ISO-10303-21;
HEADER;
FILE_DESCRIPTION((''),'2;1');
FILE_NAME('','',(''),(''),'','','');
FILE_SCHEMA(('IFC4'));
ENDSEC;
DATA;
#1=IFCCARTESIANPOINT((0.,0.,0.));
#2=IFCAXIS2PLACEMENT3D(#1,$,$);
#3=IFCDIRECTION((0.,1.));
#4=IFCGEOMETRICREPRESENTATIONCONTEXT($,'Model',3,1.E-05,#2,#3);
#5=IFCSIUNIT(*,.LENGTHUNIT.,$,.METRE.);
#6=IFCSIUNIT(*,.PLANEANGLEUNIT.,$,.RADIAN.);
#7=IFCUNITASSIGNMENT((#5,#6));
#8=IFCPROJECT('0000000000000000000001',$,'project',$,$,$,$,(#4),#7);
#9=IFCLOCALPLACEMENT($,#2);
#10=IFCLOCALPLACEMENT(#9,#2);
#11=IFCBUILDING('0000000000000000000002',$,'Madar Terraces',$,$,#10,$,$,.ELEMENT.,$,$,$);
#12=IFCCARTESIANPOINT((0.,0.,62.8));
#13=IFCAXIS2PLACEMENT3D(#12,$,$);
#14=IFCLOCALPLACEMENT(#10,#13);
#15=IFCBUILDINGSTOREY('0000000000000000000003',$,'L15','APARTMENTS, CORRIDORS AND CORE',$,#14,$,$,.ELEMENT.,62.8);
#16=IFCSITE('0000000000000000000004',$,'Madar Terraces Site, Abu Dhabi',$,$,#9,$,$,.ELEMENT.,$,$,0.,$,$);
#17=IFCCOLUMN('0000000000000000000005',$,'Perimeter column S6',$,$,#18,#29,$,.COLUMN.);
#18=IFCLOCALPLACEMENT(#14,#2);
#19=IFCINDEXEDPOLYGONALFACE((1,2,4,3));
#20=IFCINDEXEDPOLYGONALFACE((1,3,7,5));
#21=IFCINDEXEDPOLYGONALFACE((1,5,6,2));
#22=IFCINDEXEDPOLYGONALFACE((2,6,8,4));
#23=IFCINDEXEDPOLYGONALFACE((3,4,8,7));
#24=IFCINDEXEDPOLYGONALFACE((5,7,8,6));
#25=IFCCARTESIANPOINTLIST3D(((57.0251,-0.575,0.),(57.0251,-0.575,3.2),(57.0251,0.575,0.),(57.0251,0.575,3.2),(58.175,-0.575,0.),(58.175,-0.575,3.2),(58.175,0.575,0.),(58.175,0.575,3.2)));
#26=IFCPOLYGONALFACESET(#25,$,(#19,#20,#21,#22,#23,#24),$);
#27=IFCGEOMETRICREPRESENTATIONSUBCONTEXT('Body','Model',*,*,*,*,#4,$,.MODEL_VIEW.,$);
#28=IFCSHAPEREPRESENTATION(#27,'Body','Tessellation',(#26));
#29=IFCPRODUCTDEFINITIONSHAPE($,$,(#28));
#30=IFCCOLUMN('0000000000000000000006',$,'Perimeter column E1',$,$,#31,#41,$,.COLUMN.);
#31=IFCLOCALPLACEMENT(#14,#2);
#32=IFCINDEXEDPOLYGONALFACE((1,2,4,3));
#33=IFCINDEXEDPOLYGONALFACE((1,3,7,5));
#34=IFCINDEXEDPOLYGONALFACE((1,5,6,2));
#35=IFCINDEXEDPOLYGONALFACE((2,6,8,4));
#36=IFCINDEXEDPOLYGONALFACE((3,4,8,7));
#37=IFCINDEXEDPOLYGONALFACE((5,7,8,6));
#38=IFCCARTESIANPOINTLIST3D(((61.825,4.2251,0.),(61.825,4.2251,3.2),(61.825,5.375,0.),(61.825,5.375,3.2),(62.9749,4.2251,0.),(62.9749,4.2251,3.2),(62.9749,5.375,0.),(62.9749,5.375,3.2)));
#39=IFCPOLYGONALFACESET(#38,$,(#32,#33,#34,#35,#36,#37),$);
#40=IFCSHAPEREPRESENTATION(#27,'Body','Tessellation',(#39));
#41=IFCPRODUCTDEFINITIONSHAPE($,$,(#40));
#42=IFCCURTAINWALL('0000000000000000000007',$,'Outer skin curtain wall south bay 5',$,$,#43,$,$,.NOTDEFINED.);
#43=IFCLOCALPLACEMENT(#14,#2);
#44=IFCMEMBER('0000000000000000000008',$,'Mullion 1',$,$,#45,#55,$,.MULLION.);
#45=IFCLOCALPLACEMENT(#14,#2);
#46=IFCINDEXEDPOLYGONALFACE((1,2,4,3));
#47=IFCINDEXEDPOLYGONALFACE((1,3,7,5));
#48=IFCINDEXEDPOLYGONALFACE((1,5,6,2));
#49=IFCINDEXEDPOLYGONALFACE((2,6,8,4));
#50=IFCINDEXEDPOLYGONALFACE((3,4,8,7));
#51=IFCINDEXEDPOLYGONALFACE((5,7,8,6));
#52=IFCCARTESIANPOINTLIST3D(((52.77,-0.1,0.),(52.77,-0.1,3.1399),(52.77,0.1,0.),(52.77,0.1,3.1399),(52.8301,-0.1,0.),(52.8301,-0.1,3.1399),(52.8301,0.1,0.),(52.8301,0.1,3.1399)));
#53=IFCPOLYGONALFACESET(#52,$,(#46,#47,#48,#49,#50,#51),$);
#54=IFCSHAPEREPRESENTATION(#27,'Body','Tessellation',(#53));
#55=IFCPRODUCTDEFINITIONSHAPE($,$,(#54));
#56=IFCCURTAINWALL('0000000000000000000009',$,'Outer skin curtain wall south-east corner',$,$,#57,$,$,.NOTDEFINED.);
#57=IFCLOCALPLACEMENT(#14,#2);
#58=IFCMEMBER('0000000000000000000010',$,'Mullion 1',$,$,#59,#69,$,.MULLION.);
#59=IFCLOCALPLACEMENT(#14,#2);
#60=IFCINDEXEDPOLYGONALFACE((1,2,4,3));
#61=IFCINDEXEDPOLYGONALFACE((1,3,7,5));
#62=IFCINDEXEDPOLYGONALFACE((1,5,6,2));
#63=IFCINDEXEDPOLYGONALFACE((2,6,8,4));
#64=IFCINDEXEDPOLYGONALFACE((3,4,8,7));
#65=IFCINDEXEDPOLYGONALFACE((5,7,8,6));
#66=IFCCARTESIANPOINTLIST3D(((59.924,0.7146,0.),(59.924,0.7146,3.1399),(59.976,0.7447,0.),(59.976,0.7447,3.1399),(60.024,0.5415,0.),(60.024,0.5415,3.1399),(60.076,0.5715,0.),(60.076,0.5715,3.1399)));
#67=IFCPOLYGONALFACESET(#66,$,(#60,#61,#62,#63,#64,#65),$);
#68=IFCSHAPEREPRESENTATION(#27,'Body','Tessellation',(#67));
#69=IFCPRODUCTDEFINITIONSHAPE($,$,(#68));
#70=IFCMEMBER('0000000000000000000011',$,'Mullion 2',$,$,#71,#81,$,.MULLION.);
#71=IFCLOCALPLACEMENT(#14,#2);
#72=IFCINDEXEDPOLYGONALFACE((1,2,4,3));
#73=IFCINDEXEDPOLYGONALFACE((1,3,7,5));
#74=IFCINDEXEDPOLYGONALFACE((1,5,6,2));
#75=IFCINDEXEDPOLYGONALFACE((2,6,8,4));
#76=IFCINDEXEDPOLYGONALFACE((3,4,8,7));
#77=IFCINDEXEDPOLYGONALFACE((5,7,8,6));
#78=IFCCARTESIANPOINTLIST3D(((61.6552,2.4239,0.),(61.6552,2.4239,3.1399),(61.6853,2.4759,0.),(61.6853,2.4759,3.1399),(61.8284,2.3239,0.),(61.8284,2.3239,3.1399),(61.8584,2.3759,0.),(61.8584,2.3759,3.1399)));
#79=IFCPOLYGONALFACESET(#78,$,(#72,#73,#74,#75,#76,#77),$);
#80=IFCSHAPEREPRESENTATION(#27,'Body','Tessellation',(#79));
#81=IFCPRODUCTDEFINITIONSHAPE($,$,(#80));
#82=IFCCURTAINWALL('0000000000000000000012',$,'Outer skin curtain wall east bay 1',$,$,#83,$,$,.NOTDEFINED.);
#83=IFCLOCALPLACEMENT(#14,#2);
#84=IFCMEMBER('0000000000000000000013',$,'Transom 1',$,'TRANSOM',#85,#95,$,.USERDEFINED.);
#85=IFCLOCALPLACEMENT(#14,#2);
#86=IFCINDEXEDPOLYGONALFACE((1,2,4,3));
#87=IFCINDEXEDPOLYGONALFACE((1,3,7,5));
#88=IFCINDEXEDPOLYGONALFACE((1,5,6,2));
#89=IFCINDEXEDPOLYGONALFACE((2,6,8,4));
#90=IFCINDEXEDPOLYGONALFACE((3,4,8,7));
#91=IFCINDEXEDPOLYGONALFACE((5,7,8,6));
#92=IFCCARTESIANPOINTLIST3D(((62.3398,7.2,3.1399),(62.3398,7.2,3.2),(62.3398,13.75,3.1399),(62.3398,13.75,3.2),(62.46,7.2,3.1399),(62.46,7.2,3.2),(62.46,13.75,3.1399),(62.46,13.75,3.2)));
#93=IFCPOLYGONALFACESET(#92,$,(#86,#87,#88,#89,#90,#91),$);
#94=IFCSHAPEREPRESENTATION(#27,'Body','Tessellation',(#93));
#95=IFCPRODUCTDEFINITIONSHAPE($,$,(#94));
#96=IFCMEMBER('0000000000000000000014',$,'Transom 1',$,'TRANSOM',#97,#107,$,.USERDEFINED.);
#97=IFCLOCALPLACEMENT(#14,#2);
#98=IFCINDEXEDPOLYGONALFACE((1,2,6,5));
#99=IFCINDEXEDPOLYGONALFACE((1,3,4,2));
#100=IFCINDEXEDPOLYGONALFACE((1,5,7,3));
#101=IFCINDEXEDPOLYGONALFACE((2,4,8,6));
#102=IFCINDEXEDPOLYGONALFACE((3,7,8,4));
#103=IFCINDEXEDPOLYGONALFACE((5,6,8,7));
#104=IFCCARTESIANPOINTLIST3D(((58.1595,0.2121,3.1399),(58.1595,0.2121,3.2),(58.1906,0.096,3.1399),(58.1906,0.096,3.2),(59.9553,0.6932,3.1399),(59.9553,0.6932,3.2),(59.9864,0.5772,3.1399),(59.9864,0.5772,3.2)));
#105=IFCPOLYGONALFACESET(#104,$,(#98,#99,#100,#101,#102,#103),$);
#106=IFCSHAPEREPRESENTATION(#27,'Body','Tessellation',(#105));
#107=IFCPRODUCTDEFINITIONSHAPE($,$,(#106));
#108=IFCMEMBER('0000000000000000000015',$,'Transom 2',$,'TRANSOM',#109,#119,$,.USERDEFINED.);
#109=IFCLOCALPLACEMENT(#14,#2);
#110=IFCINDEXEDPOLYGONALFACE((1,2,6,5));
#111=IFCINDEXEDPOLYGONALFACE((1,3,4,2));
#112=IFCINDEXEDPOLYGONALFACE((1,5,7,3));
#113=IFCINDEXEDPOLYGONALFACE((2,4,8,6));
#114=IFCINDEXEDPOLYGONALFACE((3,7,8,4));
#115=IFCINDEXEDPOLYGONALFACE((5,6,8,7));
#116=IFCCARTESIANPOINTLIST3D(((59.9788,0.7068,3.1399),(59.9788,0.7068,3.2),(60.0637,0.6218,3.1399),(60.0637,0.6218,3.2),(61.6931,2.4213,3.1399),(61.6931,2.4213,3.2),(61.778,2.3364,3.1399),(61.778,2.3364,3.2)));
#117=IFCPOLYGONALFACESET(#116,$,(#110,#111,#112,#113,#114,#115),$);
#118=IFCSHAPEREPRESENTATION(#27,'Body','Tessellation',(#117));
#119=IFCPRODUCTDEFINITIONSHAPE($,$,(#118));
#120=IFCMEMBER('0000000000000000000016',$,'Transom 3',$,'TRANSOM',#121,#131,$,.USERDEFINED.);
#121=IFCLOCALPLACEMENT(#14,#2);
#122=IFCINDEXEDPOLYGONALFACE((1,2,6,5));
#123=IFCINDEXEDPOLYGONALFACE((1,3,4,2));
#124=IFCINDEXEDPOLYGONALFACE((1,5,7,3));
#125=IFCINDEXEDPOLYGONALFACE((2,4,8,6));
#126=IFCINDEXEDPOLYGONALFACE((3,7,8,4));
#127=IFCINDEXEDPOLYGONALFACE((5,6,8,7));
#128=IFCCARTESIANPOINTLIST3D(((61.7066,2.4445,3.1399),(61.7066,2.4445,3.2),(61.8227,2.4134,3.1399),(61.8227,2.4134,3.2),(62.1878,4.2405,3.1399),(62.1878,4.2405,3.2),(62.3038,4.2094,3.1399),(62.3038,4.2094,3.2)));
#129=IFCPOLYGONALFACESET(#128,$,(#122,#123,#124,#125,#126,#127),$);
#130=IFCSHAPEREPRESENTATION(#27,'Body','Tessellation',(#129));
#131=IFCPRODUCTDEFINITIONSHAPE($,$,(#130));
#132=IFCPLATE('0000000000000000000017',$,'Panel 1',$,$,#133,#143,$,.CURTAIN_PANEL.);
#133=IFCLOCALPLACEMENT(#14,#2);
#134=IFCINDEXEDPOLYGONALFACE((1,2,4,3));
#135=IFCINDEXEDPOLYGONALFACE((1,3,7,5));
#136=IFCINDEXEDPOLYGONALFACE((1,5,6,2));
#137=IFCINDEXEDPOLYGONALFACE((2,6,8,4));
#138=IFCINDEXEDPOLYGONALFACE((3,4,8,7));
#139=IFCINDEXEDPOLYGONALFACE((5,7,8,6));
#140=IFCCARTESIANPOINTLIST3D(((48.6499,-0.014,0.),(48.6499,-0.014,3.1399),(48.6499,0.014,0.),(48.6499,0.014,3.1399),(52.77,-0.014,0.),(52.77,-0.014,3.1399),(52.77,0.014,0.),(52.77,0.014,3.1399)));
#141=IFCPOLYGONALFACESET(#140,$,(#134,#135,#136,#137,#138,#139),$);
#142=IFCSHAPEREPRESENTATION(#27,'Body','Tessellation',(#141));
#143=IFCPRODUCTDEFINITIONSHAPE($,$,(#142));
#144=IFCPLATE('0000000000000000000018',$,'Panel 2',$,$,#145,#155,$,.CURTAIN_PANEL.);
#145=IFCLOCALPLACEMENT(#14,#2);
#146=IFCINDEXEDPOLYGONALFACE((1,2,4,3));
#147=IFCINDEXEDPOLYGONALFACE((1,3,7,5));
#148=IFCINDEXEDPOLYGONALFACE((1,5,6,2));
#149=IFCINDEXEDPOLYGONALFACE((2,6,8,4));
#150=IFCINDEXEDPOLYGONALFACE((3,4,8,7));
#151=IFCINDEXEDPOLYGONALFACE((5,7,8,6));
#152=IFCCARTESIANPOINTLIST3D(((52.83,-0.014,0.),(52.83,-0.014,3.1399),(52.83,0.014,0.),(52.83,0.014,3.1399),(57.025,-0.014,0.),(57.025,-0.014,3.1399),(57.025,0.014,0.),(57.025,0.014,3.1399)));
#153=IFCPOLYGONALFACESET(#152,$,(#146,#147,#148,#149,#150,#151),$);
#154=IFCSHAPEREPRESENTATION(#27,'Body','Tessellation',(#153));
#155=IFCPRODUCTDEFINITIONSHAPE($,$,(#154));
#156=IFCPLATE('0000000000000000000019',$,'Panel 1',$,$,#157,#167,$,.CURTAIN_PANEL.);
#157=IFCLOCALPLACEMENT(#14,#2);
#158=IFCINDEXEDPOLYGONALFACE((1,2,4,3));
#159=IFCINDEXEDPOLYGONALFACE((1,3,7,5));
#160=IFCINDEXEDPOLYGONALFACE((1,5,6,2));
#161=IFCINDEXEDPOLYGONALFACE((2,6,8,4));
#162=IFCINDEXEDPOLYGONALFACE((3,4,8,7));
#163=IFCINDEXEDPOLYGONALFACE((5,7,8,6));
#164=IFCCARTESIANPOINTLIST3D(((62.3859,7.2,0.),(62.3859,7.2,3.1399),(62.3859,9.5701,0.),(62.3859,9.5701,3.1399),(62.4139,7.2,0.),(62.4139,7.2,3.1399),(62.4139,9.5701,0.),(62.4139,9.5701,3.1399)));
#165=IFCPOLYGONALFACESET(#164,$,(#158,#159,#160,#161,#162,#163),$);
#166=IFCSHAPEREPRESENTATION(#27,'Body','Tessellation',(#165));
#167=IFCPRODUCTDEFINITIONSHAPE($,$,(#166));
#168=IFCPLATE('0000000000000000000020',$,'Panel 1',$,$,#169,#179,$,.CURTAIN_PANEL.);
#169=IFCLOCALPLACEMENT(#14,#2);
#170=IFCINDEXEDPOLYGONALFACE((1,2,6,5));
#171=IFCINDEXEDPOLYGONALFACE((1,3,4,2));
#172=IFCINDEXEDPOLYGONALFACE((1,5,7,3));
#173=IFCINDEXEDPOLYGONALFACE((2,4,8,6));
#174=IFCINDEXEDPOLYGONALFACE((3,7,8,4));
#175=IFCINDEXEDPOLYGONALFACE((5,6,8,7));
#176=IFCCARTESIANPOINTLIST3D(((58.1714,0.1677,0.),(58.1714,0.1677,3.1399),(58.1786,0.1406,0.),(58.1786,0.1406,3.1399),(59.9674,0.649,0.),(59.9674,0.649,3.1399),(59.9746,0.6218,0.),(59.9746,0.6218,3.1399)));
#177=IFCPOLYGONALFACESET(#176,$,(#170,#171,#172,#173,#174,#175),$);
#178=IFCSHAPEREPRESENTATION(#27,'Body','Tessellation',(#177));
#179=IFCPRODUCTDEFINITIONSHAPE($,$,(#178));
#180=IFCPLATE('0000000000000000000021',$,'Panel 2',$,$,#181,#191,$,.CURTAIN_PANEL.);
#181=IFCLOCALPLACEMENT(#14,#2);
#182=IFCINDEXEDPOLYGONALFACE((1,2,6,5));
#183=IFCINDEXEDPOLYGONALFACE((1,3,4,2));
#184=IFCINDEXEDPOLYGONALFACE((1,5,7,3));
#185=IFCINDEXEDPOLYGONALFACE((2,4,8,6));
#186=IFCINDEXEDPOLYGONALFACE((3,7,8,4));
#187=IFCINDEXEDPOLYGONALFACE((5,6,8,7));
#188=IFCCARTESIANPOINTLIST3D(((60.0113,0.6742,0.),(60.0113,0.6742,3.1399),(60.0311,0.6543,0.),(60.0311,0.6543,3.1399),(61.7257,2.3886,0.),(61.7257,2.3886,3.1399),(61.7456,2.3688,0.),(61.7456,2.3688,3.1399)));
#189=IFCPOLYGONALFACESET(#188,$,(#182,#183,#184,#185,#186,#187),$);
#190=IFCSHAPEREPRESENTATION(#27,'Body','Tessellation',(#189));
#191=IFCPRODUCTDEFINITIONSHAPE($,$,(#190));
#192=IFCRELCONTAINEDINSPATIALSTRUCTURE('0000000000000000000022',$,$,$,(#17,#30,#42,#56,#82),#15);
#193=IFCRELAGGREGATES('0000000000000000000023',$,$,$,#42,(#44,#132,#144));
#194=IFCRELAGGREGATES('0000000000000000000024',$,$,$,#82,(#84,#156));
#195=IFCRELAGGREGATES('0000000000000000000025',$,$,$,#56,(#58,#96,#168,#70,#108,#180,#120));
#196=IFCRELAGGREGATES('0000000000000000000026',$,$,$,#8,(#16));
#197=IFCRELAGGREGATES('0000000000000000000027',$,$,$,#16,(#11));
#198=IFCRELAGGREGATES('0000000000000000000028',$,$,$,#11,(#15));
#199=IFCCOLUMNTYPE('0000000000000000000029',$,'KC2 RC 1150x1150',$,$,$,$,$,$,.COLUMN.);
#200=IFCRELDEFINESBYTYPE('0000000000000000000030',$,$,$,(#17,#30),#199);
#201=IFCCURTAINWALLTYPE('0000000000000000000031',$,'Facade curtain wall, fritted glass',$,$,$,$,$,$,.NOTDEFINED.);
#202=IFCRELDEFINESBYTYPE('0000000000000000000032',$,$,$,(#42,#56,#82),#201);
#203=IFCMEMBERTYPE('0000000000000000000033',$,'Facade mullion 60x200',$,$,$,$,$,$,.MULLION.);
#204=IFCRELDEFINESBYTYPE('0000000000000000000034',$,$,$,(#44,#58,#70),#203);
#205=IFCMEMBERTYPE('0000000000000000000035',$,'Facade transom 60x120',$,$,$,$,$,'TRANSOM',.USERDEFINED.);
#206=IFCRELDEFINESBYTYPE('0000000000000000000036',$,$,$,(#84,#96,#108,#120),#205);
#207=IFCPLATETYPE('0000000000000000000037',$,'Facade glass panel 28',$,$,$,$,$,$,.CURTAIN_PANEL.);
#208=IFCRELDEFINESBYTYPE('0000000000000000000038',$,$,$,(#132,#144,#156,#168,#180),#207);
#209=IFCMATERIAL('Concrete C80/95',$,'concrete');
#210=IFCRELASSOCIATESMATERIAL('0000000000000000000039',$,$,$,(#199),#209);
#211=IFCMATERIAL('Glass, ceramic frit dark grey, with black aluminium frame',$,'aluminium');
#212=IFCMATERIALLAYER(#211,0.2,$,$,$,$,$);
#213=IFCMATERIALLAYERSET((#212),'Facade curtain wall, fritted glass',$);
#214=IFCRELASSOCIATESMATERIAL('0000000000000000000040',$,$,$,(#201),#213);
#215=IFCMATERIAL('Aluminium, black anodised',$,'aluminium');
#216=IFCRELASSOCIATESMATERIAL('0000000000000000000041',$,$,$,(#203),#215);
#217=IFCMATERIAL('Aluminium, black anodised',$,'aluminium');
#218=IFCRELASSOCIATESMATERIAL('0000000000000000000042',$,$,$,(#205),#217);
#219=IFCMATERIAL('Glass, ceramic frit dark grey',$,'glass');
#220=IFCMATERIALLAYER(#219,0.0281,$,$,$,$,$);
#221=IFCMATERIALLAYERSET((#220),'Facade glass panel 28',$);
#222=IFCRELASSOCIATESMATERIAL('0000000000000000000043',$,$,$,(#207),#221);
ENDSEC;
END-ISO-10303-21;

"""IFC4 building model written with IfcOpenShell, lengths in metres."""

from ifc_helpers import new_model, si_unit, direction, frame, origin, origin_2d, place, context, subcontext, project, spatial, rectangle, extrude, material, layer, layer_set, material_profile, profile_set, type_object, element, aggregate, save


model = new_model("IFC4")

# Units and contexts
model_context = context("Model", 3, precision=1e-05, world=origin(), true_north=direction((0.0, 1.0)))
body_context = subcontext(model_context, "Body", "Model", "MODEL_VIEW")
ifc_project = project(units=[si_unit("LENGTHUNIT", "METRE"), si_unit("PLANEANGLEUNIT", "RADIAN")], contexts=[model_context])

# Site, building, storey
site_placement = place(None, origin())
site = spatial("IfcSite", under=ifc_project, at=site_placement, Name="Madar Terraces Site, Abu Dhabi", CompositionType="ELEMENT", RefElevation=0.0)
building_placement = place(site_placement, origin())
building = spatial("IfcBuilding", under=site, at=building_placement, Name="Madar Terraces", CompositionType="ELEMENT")
storey_placement = place(building_placement, frame((0.0, 0.0, 62.8)))
storey = spatial("IfcBuildingStorey", under=building, at=storey_placement, Name="L15", Description="APARTMENTS, CORRIDORS AND CORE", CompositionType="ELEMENT", Elevation=62.8)

# Columns
ifc_material_1 = material(Name="Concrete C80/95", Category="concrete")
ifc_material_profile_1 = material_profile(ifc_material_1, rectangle(XDim=1.1499, YDim=1.1499, at=origin_2d()), Name="KC2 RC 1150x1150")
ifc_profile_set_1 = profile_set([ifc_material_profile_1], Name="Concrete C80/95")
column_type = type_object("IfcColumnType", Name="KC2 RC 1150x1150", PredefinedType="COLUMN", material=ifc_profile_set_1)
for number, where, z_axis, x_axis, name in (
    (1, (57.6001, 0.0, 0.0), (0.0, 0.0, 1.0), (1.0, 0.0, 0.0), "Perimeter column S6"),
    (2, (62.3999, 4.8, 0.0), (0.0, 0.0, 1.0), (1.0, 0.0, 0.0), "Perimeter column E1"),
):
    element("IfcColumn", number, at=place(storey_placement, frame(where, z_axis=z_axis, x_axis=x_axis)), inside=storey, type_object=column_type, Name=name, PredefinedType="COLUMN", context=body_context, shape_type="SweptSolid", body=[
        extrude(rectangle(XDim=1.1499, YDim=1.1499, at=origin_2d()), origin(), (0.0, 0.0, 1.0), 3.2),
    ])

# Curtain wall, member
ifc_material_2 = material(Name="Glass, ceramic frit dark grey, with black aluminium frame", Category="aluminium")
ifc_layer_1 = layer(ifc_material_2, 0.2)
ifc_layer_set_1 = layer_set([ifc_layer_1], Name="Facade curtain wall, fritted glass")
curtain_wall_type = type_object("IfcCurtainWallType", Name="Facade curtain wall, fritted glass", PredefinedType="NOTDEFINED", material=ifc_layer_set_1)
curtain_wall_1_placement = place(storey_placement, origin())
curtain_wall_1 = element("IfcCurtainWall", 3, at=curtain_wall_1_placement, inside=storey, type_object=curtain_wall_type, Name="Outer skin curtain wall south bay 5", PredefinedType="NOTDEFINED")
ifc_material_3 = material(Name="Aluminium, black anodised", Category="aluminium")
ifc_material_profile_2 = material_profile(ifc_material_3, rectangle(XDim=0.2, YDim=0.0601, at=origin_2d()), Name="Facade mullion 60x200")
ifc_profile_set_2 = profile_set([ifc_material_profile_2], Name="Aluminium, black anodised")
member_type_1 = type_object("IfcMemberType", Name="Facade mullion 60x200", PredefinedType="MULLION", material=ifc_profile_set_2)
member_1_placement = place(storey_placement, frame((52.8, 0.0, 0.0), z_axis=(0.0, 0.0, 1.0), x_axis=(0.0, 1.0, 0.0)))
member_1 = element("IfcMember", 4, at=member_1_placement, type_object=member_type_1, Name="Mullion 1", PredefinedType="MULLION", context=body_context, shape_type="SweptSolid", body=[
    extrude(rectangle(XDim=0.2, YDim=0.0601, at=origin_2d()), origin(), (0.0, 0.0, 1.0), 3.1399),
])

# Curtain wall, members
curtain_wall_2_placement = place(storey_placement, origin())
curtain_wall_2 = element("IfcCurtainWall", 5, at=curtain_wall_2_placement, inside=storey, type_object=curtain_wall_type, Name="Outer skin curtain wall south-east corner", PredefinedType="NOTDEFINED")
member_2_placement = place(storey_placement, frame((60.0, 0.6431, 0.0), z_axis=(0.0, 0.0, 1.0), x_axis=(-0.5, 0.866025, 0.0)))
member_2 = element("IfcMember", 6, at=member_2_placement, type_object=member_type_1, Name="Mullion 1", PredefinedType="MULLION", context=body_context, shape_type="SweptSolid", body=[
    extrude(rectangle(XDim=0.2, YDim=0.0601, at=origin_2d()), origin(), (0.0, 0.0, 1.0), 3.1399),
])
member_3_placement = place(storey_placement, frame((61.7568, 2.3999, 0.0), z_axis=(0.0, 0.0, 1.0), x_axis=(-0.866025, 0.5, 0.0)))
member_3 = element("IfcMember", 7, at=member_3_placement, type_object=member_type_1, Name="Mullion 2", PredefinedType="MULLION", context=body_context, shape_type="SweptSolid", body=[
    extrude(rectangle(XDim=0.2, YDim=0.0601, at=origin_2d()), origin(), (0.0, 0.0, 1.0), 3.1399),
])

# Curtain wall, member
curtain_wall_3_placement = place(storey_placement, origin())
curtain_wall_3 = element("IfcCurtainWall", 8, at=curtain_wall_3_placement, inside=storey, type_object=curtain_wall_type, Name="Outer skin curtain wall east bay 1", PredefinedType="NOTDEFINED")
ifc_material_4 = material(Name="Aluminium, black anodised", Category="aluminium")
ifc_material_profile_3 = material_profile(ifc_material_4, rectangle(XDim=0.1201, YDim=0.0601, at=origin_2d()), Name="Facade transom 60x120")
ifc_profile_set_3 = profile_set([ifc_material_profile_3], Name="Aluminium, black anodised")
member_type_2 = type_object("IfcMemberType", Name="Facade transom 60x120", ElementType="TRANSOM", PredefinedType="USERDEFINED", material=ifc_profile_set_3)
member_4_placement = place(storey_placement, frame((62.3999, 7.2, 3.1699), z_axis=(0.0, 1.0, 0.0), x_axis=(-1.0, 0.0, 0.0)))
member_4 = element("IfcMember", 9, at=member_4_placement, type_object=member_type_2, Name="Transom 1", ObjectType="TRANSOM", PredefinedType="USERDEFINED", context=body_context, shape_type="SweptSolid", body=[
    extrude(rectangle(XDim=0.1201, YDim=0.0601, at=origin_2d()), origin(), (0.0, 0.0, 1.0), 6.55),
])

# Members
member_5_placement = place(storey_placement, frame((58.175, 0.1541, 3.1699), z_axis=(0.965927, 0.258815, 0.0), x_axis=(-0.258815, 0.965927, 0.0)))
member_5 = element("IfcMember", 10, at=member_5_placement, type_object=member_type_2, Name="Transom 1", ObjectType="TRANSOM", PredefinedType="USERDEFINED", context=body_context, shape_type="SweptSolid", body=[
    extrude(rectangle(XDim=0.1201, YDim=0.0601, at=origin_2d()), origin(), (0.0, 0.0, 1.0), 1.8591),
])
member_6_placement = place(storey_placement, frame((60.0212, 0.6643, 3.1699), z_axis=(0.707056, 0.707157, 0.0), x_axis=(-0.707157, 0.707056, 0.0)))
member_6 = element("IfcMember", 11, at=member_6_placement, type_object=member_type_2, Name="Transom 2", ObjectType="TRANSOM", PredefinedType="USERDEFINED", context=body_context, shape_type="SweptSolid", body=[
    extrude(rectangle(XDim=0.1201, YDim=0.0601, at=origin_2d()), origin(), (0.0, 0.0, 1.0), 2.4246),
])
member_7_placement = place(storey_placement, frame((61.7646, 2.429, 3.1699), z_axis=(0.258782, 0.965936, 0.0), x_axis=(-0.965936, 0.258782, 0.0)))
member_7 = element("IfcMember", 12, at=member_7_placement, type_object=member_type_2, Name="Transom 3", ObjectType="TRANSOM", PredefinedType="USERDEFINED", context=body_context, shape_type="SweptSolid", body=[
    extrude(rectangle(XDim=0.1201, YDim=0.0601, at=origin_2d()), origin(), (0.0, 0.0, 1.0), 1.8594),
])

# Plates
ifc_material_5 = material(Name="Glass, ceramic frit dark grey", Category="glass")
ifc_layer_2 = layer(ifc_material_5, 0.0281)
ifc_layer_set_2 = layer_set([ifc_layer_2], Name="Facade glass panel 28")
plate_type = type_object("IfcPlateType", Name="Facade glass panel 28", PredefinedType="CURTAIN_PANEL", material=ifc_layer_set_2)
plate_1_placement = place(storey_placement, frame((50.71, 0.0, 0.0), z_axis=(0.0, 0.0, 1.0), x_axis=(1.0, 0.0, 0.0)))
plate_1 = element("IfcPlate", 13, at=plate_1_placement, type_object=plate_type, Name="Panel 1", PredefinedType="CURTAIN_PANEL", context=body_context, shape_type="SweptSolid", body=[
    extrude(rectangle(XDim=4.1201, YDim=0.0281, at=origin_2d()), origin(), (0.0, 0.0, 1.0), 3.1399),
])
plate_2_placement = place(storey_placement, frame((54.9275, 0.0, 0.0), z_axis=(0.0, 0.0, 1.0), x_axis=(1.0, 0.0, 0.0)))
plate_2 = element("IfcPlate", 14, at=plate_2_placement, type_object=plate_type, Name="Panel 2", PredefinedType="CURTAIN_PANEL", context=body_context, shape_type="SweptSolid", body=[
    extrude(rectangle(XDim=4.1951, YDim=0.0281, at=origin_2d()), origin(), (0.0, 0.0, 1.0), 3.1399),
])
aggregate(curtain_wall_1, [member_1, plate_1, plate_2])
plate_3_placement = place(storey_placement, frame((62.3999, 8.385, 0.0), z_axis=(0.0, 0.0, 1.0), x_axis=(0.0, 1.0, 0.0)))
plate_3 = element("IfcPlate", 15, at=plate_3_placement, type_object=plate_type, Name="Panel 1", PredefinedType="CURTAIN_PANEL", context=body_context, shape_type="SweptSolid", body=[
    extrude(rectangle(XDim=2.3701, YDim=0.0281, at=origin_2d()), origin(), (0.0, 0.0, 1.0), 3.1399),
])
aggregate(curtain_wall_3, [member_4, plate_3])
plate_4_placement = place(storey_placement, frame((59.073, 0.3948, 0.0), z_axis=(0.0, 0.0, 1.0), x_axis=(0.965926, 0.258819, 0.0)))
plate_4 = element("IfcPlate", 16, at=plate_4_placement, type_object=plate_type, Name="Panel 1", PredefinedType="CURTAIN_PANEL", context=body_context, shape_type="SweptSolid", body=[
    extrude(rectangle(XDim=1.8594, YDim=0.0281, at=origin_2d()), origin(), (0.0, 0.0, 1.0), 3.1399),
])
plate_5_placement = place(storey_placement, frame((60.8784, 1.5215, 0.0), z_axis=(0.0, 0.0, 1.0), x_axis=(0.707107, 0.707107, 0.0)))
plate_5 = element("IfcPlate", 17, at=plate_5_placement, type_object=plate_type, Name="Panel 2", PredefinedType="CURTAIN_PANEL", context=body_context, shape_type="SweptSolid", body=[
    extrude(rectangle(XDim=2.4246, YDim=0.0281, at=origin_2d()), origin(), (0.0, 0.0, 1.0), 3.1399),
])
aggregate(curtain_wall_2, [member_2, member_5, plate_4, member_3, member_6, plate_5, member_7])

save(model, "model.ifc")
